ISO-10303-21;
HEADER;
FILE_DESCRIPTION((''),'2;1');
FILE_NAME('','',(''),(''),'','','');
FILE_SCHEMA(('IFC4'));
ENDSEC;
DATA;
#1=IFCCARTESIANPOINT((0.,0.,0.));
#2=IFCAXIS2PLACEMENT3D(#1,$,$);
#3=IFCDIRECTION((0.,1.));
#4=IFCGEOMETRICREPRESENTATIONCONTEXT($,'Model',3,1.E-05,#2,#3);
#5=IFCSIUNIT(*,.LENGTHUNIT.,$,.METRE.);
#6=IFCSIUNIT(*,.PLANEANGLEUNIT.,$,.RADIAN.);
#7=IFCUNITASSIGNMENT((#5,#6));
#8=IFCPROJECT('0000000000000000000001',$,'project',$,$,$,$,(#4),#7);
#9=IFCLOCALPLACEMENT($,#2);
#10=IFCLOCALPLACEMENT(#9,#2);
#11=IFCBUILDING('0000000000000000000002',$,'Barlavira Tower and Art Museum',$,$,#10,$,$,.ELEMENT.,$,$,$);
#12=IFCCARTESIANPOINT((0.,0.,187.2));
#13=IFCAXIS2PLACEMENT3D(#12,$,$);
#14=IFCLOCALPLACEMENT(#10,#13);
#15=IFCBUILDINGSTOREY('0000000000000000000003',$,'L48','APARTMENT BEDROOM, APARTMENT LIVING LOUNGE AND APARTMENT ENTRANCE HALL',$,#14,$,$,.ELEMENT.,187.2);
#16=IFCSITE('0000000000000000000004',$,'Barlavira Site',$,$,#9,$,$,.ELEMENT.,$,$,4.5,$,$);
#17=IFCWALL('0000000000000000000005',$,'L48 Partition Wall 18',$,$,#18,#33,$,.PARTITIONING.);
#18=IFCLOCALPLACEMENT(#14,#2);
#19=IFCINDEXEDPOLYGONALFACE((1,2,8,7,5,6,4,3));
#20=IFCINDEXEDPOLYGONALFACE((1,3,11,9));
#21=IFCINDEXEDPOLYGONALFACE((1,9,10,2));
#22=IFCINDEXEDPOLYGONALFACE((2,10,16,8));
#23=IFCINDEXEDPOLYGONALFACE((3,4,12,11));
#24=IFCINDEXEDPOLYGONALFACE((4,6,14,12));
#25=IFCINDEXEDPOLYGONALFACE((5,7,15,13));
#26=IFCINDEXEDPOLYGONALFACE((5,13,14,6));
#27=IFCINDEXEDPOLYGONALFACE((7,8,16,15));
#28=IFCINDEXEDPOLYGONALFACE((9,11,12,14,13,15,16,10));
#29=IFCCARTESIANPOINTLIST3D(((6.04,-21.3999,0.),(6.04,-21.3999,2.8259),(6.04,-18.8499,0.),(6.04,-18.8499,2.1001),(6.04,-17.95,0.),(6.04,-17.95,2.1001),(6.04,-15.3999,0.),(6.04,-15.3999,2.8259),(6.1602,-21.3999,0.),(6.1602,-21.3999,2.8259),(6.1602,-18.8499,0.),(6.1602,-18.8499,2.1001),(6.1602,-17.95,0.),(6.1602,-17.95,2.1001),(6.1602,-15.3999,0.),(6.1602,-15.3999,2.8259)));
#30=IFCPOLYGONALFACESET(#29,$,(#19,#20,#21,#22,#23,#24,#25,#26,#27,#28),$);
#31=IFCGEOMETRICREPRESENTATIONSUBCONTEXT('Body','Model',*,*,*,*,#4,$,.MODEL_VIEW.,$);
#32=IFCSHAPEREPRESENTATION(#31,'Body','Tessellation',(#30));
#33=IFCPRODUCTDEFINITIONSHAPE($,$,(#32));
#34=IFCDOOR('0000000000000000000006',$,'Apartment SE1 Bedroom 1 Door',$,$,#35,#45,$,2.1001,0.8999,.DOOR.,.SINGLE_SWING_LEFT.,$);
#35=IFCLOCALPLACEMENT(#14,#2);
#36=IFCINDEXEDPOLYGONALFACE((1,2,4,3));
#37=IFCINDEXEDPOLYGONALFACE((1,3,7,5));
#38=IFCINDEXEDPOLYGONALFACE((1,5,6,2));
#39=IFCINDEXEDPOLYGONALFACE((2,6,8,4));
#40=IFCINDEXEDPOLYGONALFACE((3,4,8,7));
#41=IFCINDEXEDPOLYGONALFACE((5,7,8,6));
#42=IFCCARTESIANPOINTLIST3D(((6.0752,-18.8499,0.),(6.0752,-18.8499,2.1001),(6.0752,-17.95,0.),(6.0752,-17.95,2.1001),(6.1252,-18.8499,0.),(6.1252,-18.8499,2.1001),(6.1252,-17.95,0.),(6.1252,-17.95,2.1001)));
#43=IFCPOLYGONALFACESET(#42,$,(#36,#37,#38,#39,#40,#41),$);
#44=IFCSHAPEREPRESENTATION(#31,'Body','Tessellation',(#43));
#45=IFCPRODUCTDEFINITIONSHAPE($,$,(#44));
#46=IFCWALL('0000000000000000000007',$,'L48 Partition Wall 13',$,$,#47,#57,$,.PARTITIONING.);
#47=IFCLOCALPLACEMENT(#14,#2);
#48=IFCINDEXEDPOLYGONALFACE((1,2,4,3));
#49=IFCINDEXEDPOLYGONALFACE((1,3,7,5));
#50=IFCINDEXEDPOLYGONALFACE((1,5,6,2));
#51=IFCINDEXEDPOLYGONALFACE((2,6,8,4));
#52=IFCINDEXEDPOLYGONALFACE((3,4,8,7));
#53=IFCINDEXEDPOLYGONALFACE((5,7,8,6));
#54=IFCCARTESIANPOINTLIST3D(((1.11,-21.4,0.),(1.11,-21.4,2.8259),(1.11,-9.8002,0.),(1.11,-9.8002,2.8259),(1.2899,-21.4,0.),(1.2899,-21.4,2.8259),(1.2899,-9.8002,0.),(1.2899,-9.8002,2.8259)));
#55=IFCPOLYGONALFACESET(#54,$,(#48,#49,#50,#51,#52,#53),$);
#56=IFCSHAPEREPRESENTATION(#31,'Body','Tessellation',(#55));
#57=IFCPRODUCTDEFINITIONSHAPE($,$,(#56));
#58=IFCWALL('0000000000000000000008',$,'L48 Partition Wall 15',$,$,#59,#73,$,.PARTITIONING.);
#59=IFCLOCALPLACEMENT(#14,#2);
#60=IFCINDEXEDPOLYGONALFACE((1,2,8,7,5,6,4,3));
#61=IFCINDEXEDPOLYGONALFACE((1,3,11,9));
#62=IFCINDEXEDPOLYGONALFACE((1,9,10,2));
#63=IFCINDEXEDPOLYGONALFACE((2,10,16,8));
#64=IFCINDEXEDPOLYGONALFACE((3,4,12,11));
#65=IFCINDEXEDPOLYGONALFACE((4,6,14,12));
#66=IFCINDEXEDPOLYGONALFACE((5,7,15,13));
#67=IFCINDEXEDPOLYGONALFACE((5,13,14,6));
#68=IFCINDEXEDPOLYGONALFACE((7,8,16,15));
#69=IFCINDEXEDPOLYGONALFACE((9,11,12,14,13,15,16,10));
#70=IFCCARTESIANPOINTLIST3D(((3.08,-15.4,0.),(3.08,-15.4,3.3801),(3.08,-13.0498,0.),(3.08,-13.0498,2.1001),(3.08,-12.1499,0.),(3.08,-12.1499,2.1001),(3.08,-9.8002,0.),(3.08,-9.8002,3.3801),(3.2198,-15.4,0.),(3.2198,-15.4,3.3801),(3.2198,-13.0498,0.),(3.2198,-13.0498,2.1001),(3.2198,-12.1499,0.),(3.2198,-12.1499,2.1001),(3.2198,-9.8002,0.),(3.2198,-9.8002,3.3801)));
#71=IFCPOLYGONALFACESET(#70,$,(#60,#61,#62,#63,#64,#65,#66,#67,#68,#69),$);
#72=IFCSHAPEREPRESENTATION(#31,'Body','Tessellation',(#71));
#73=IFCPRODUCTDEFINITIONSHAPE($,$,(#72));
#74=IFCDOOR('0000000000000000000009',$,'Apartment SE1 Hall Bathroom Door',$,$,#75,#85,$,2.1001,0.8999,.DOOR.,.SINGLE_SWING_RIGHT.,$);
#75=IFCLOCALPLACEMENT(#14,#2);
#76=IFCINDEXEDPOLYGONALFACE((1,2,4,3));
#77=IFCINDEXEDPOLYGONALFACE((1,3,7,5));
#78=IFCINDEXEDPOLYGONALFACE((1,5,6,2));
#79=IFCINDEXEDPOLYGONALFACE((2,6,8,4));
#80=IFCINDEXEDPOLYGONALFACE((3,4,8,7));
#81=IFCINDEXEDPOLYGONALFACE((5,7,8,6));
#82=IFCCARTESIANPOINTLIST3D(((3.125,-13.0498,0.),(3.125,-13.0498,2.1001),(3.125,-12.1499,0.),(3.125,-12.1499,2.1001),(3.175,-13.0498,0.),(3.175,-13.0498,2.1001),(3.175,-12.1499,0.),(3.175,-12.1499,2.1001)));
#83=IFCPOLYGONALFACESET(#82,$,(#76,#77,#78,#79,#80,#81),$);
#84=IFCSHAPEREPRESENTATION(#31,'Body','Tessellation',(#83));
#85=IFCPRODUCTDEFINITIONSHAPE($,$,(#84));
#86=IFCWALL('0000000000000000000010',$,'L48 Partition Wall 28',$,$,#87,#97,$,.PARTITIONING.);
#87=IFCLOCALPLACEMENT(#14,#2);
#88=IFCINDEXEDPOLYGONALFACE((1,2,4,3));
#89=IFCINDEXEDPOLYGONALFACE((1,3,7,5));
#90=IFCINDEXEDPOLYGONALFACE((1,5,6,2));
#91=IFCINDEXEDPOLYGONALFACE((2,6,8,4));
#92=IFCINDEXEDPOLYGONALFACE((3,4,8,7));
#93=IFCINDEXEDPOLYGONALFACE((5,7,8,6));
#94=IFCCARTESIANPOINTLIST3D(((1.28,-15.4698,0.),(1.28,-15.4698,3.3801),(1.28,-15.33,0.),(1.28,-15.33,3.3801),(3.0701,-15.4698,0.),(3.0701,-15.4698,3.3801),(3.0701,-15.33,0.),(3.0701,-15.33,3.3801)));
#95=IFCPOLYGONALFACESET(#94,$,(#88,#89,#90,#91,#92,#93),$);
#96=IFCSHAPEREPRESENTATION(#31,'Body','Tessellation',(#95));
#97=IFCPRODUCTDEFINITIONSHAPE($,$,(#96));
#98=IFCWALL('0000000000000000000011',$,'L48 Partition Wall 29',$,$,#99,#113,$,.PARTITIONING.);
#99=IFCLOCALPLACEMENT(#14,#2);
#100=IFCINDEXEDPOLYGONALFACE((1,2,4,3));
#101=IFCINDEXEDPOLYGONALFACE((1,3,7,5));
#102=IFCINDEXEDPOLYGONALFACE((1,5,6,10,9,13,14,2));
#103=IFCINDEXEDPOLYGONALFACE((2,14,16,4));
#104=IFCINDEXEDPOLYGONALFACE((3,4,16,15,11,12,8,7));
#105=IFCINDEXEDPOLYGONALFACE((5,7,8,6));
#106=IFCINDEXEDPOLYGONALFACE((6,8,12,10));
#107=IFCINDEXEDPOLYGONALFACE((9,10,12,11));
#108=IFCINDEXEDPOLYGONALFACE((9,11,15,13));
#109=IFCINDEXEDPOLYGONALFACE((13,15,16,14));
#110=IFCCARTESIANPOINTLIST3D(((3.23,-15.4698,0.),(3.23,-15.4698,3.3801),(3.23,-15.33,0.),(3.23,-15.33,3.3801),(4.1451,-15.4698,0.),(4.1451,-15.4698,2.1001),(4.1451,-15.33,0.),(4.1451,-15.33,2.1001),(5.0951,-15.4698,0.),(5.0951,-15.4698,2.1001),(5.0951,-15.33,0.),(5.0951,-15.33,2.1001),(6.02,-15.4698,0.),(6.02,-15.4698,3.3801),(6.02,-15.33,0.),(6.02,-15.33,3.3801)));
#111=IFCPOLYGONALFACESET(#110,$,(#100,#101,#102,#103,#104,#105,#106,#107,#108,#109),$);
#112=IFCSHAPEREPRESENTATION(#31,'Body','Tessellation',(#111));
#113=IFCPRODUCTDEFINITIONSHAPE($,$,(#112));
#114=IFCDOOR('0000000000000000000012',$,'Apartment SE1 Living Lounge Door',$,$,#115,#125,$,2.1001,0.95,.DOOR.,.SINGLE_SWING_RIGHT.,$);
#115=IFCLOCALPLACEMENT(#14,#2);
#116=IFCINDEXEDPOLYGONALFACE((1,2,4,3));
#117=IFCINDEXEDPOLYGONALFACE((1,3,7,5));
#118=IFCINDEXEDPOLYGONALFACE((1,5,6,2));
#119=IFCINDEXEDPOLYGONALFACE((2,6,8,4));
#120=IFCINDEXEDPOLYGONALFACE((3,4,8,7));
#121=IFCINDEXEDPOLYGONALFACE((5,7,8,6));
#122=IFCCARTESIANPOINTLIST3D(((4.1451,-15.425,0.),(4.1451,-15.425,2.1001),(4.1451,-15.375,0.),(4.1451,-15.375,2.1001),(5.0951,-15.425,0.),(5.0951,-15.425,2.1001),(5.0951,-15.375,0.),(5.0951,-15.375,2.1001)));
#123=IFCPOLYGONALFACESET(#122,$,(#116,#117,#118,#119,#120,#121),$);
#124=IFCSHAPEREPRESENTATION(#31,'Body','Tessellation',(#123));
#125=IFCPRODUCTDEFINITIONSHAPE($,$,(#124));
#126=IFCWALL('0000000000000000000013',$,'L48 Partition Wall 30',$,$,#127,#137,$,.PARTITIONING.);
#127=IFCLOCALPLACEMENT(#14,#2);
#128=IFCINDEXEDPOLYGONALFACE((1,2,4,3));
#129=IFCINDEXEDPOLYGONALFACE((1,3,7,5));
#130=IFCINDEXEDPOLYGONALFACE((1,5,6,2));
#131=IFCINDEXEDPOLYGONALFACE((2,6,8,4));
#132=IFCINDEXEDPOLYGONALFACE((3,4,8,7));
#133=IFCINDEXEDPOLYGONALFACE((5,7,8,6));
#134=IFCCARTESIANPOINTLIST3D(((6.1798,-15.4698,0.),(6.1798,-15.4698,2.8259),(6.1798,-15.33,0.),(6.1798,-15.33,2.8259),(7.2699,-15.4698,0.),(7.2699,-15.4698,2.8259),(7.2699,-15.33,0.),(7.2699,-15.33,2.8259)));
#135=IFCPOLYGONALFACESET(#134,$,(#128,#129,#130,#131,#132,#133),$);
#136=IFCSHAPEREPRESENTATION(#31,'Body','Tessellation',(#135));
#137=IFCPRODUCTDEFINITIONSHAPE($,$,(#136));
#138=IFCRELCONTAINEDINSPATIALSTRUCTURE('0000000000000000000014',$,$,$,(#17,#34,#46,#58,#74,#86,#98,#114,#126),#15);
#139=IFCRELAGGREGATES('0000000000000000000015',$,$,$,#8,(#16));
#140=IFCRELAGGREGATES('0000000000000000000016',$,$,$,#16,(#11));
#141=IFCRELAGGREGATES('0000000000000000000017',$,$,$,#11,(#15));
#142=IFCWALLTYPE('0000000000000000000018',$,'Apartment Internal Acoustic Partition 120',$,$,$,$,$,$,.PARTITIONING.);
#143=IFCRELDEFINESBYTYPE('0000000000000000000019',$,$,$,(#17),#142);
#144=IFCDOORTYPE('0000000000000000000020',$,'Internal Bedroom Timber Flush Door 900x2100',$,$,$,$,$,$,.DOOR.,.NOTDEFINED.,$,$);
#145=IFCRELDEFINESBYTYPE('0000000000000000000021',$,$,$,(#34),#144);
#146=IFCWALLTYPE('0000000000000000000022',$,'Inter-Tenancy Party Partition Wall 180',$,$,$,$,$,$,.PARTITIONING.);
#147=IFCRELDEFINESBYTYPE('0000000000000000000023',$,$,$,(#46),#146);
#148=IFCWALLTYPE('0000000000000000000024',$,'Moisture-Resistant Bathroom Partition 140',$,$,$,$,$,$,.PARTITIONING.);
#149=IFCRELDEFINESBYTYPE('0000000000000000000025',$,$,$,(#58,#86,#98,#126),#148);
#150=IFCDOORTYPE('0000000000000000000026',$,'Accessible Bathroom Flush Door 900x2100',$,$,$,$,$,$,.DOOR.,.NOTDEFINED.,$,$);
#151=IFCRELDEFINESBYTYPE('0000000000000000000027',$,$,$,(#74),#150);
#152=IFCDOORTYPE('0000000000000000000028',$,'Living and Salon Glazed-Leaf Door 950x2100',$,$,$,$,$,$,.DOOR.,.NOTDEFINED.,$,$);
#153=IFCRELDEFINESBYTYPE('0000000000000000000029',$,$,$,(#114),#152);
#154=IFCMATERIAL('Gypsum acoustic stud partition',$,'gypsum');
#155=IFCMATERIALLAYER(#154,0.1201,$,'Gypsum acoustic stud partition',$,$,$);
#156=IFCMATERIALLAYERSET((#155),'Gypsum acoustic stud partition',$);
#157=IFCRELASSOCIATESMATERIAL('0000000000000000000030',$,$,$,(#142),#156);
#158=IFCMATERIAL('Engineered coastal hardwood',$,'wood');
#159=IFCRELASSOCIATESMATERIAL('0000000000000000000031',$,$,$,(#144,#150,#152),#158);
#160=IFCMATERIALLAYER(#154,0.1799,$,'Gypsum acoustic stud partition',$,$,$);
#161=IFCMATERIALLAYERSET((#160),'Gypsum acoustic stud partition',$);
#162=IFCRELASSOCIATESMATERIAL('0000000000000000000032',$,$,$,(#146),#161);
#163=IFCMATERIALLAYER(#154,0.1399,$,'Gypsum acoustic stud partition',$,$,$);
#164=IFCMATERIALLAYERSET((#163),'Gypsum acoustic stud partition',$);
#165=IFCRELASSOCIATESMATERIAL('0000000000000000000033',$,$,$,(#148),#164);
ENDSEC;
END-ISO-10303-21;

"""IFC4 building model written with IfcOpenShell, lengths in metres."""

from ifc_helpers import new_model, si_unit, direction, frame, frame_2d, origin, place, context, subcontext, project, spatial, rectangle, extrude, material, layer, layer_set, type_object, element, fill, save


model = new_model("IFC4")

# Units and contexts
model_context = context("Model", 3, precision=1e-05, world=origin(), true_north=direction((0.0, 1.0)))
body_context = subcontext(model_context, "Body", "Model", "MODEL_VIEW")
ifc_project = project(units=[si_unit("LENGTHUNIT", "METRE"), si_unit("PLANEANGLEUNIT", "RADIAN")], contexts=[model_context])

# Site, building, storey
site_placement = place(None, origin())
site = spatial("IfcSite", under=ifc_project, at=site_placement, Name="Barlavira Site", CompositionType="ELEMENT", RefElevation=4.5)
building_placement = place(site_placement, origin())
building = spatial("IfcBuilding", under=site, at=building_placement, Name="Barlavira Tower and Art Museum", CompositionType="ELEMENT")
storey_placement = place(building_placement, frame((0.0, 0.0, 187.2)))
storey = spatial("IfcBuildingStorey", under=building, at=storey_placement, Name="L48", Description="APARTMENT BEDROOM, APARTMENT LIVING LOUNGE AND APARTMENT ENTRANCE HALL", CompositionType="ELEMENT", Elevation=187.2)

# Wall, opening, door
ifc_material_1 = material(Name="Gypsum acoustic stud partition", Category="gypsum")
ifc_layer_1 = layer(ifc_material_1, 0.1201, Name="Gypsum acoustic stud partition")
ifc_layer_set_1 = layer_set([ifc_layer_1], Name="Gypsum acoustic stud partition")
wall_type_1 = type_object("IfcWallType", Name="Apartment Internal Acoustic Partition 120", PredefinedType="PARTITIONING", material=ifc_layer_set_1)
wall_1_placement = place(storey_placement, frame((6.1001, -21.3999, 0.0), z_axis=(0.0, 0.0, 1.0), x_axis=(0.0, 1.0, 0.0)))
wall_1 = element("IfcWall", 1, at=wall_1_placement, inside=storey, type_object=wall_type_1, Name="L48 Partition Wall 18", PredefinedType="PARTITIONING", context=body_context, shape_type="SweptSolid", body=[
    extrude(rectangle(XDim=6.0, YDim=0.1201, at=frame_2d((3.0, 0.0))), origin(), (0.0, 0.0, 1.0), 2.8259),
])
opening_1_placement = place(wall_1_placement, frame((2.55, 0.0, 0.0)))
opening_1 = element("IfcOpeningElement", 2, at=opening_1_placement, cuts=wall_1, PredefinedType="OPENING", context=body_context, shape_type="SweptSolid", body=[
    extrude(rectangle(XDim=0.8999, YDim=2.1001, at=frame_2d((0.45, 1.05))), frame((0.0, 0.0701, 0.0), z_axis=(0.0, -1.0, 0.0), x_axis=(1.0, 0.0, 0.0)), (0.0, 0.0, 1.0), 0.1401),
])
ifc_material_2 = material(Name="Engineered coastal hardwood", Category="wood")
door_type_1 = type_object("IfcDoorType", Name="Internal Bedroom Timber Flush Door 900x2100", OperationType="NOTDEFINED", PredefinedType="DOOR", material=ifc_material_2)
door_1_placement = place(opening_1_placement, origin())
door_1 = element("IfcDoor", 3, at=door_1_placement, inside=storey, type_object=door_type_1, Name="Apartment SE1 Bedroom 1 Door", OperationType="SINGLE_SWING_LEFT", OverallHeight=2.1001, OverallWidth=0.8999, PredefinedType="DOOR", context=body_context, shape_type="SweptSolid", body=[
    extrude(rectangle(XDim=0.8999, YDim=2.1001, at=frame_2d((0.45, 1.05))), frame((0.0, 0.0249, 0.0), z_axis=(0.0, -1.0, 0.0), x_axis=(1.0, 0.0, 0.0)), (0.0, 0.0, 1.0), 0.05),
])
fill(opening_1, door_1)

# Wall
ifc_layer_2 = layer(ifc_material_1, 0.1799, Name="Gypsum acoustic stud partition")
ifc_layer_set_2 = layer_set([ifc_layer_2], Name="Gypsum acoustic stud partition")
wall_type_2 = type_object("IfcWallType", Name="Inter-Tenancy Party Partition Wall 180", PredefinedType="PARTITIONING", material=ifc_layer_set_2)
wall_2_placement = place(storey_placement, frame((1.2, -21.3999, 0.0), z_axis=(0.0, 0.0, 1.0), x_axis=(0.0, 1.0, 0.0)))
element("IfcWall", 4, at=wall_2_placement, inside=storey, type_object=wall_type_2, Name="L48 Partition Wall 13", PredefinedType="PARTITIONING", context=body_context, shape_type="SweptSolid", body=[
    extrude(rectangle(XDim=11.5999, YDim=0.1799, at=frame_2d((5.7998, 0.0))), origin(), (0.0, 0.0, 1.0), 2.8259),
])

# Wall, opening, door
ifc_layer_3 = layer(ifc_material_1, 0.1399, Name="Gypsum acoustic stud partition")
ifc_layer_set_3 = layer_set([ifc_layer_3], Name="Gypsum acoustic stud partition")
wall_type_3 = type_object("IfcWallType", Name="Moisture-Resistant Bathroom Partition 140", PredefinedType="PARTITIONING", material=ifc_layer_set_3)
wall_3_placement = place(storey_placement, frame((3.1499, -15.3999, 0.0), z_axis=(0.0, 0.0, 1.0), x_axis=(0.0, 1.0, 0.0)))
wall_3 = element("IfcWall", 5, at=wall_3_placement, inside=storey, type_object=wall_type_3, Name="L48 Partition Wall 15", PredefinedType="PARTITIONING", context=body_context, shape_type="SweptSolid", body=[
    extrude(rectangle(XDim=5.5999, YDim=0.1399, at=frame_2d((2.7998, 0.0))), origin(), (0.0, 0.0, 1.0), 3.3801),
])
opening_2_placement = place(wall_3_placement, frame((2.3501, 0.0, 0.0)))
opening_2 = element("IfcOpeningElement", 6, at=opening_2_placement, cuts=wall_3, PredefinedType="OPENING", context=body_context, shape_type="SweptSolid", body=[
    extrude(rectangle(XDim=0.8999, YDim=2.1001, at=frame_2d((0.45, 1.05))), frame((0.0, 0.0801, 0.0), z_axis=(0.0, -1.0, 0.0), x_axis=(1.0, 0.0, 0.0)), (0.0, 0.0, 1.0), 0.1599),
])
door_type_2 = type_object("IfcDoorType", Name="Accessible Bathroom Flush Door 900x2100", OperationType="NOTDEFINED", PredefinedType="DOOR", material=ifc_material_2)
door_2_placement = place(opening_2_placement, origin())
door_2 = element("IfcDoor", 7, at=door_2_placement, inside=storey, type_object=door_type_2, Name="Apartment SE1 Hall Bathroom Door", OperationType="SINGLE_SWING_RIGHT", OverallHeight=2.1001, OverallWidth=0.8999, PredefinedType="DOOR", context=body_context, shape_type="SweptSolid", body=[
    extrude(rectangle(XDim=0.8999, YDim=2.1001, at=frame_2d((0.45, 1.05))), frame((0.0, 0.0249, 0.0), z_axis=(0.0, -1.0, 0.0), x_axis=(1.0, 0.0, 0.0)), (0.0, 0.0, 1.0), 0.05),
])
fill(opening_2, door_2)

# Wall
wall_4_placement = place(storey_placement, frame((1.28, -15.3999, 0.0), z_axis=(0.0, 0.0, 1.0), x_axis=(1.0, 0.0, 0.0)))
element("IfcWall", 8, at=wall_4_placement, inside=storey, type_object=wall_type_3, Name="L48 Partition Wall 28", PredefinedType="PARTITIONING", context=body_context, shape_type="SweptSolid", body=[
    extrude(rectangle(XDim=1.79, YDim=0.1399, at=frame_2d((0.895, 0.0))), origin(), (0.0, 0.0, 1.0), 3.3801),
])

# Wall, opening, door
wall_5_placement = place(storey_placement, frame((3.23, -15.3999, 0.0), z_axis=(0.0, 0.0, 1.0), x_axis=(1.0, 0.0, 0.0)))
wall_5 = element("IfcWall", 9, at=wall_5_placement, inside=storey, type_object=wall_type_3, Name="L48 Partition Wall 29", PredefinedType="PARTITIONING", context=body_context, shape_type="SweptSolid", body=[
    extrude(rectangle(XDim=2.79, YDim=0.1399, at=frame_2d((1.395, 0.0))), origin(), (0.0, 0.0, 1.0), 3.3801),
])
opening_3_placement = place(wall_5_placement, frame((0.915, 0.0, 0.0)))
opening_3 = element("IfcOpeningElement", 10, at=opening_3_placement, cuts=wall_5, PredefinedType="OPENING", context=body_context, shape_type="SweptSolid", body=[
    extrude(rectangle(XDim=0.95, YDim=2.1001, at=frame_2d((0.4751, 1.05))), frame((0.0, 0.0801, 0.0), z_axis=(0.0, -1.0, 0.0), x_axis=(1.0, 0.0, 0.0)), (0.0, 0.0, 1.0), 0.1599),
])
door_type_3 = type_object("IfcDoorType", Name="Living and Salon Glazed-Leaf Door 950x2100", OperationType="NOTDEFINED", PredefinedType="DOOR", material=ifc_material_2)
door_3_placement = place(opening_3_placement, origin())
door_3 = element("IfcDoor", 11, at=door_3_placement, inside=storey, type_object=door_type_3, Name="Apartment SE1 Living Lounge Door", OperationType="SINGLE_SWING_RIGHT", OverallHeight=2.1001, OverallWidth=0.95, PredefinedType="DOOR", context=body_context, shape_type="SweptSolid", body=[
    extrude(rectangle(XDim=0.95, YDim=2.1001, at=frame_2d((0.4751, 1.05))), frame((0.0, 0.0249, 0.0), z_axis=(0.0, -1.0, 0.0), x_axis=(1.0, 0.0, 0.0)), (0.0, 0.0, 1.0), 0.05),
])
fill(opening_3, door_3)

# Wall
wall_6_placement = place(storey_placement, frame((6.1799, -15.3999, 0.0), z_axis=(0.0, 0.0, 1.0), x_axis=(1.0, 0.0, 0.0)))
element("IfcWall", 12, at=wall_6_placement, inside=storey, type_object=wall_type_3, Name="L48 Partition Wall 30", PredefinedType="PARTITIONING", context=body_context, shape_type="SweptSolid", body=[
    extrude(rectangle(XDim=1.0901, YDim=0.1399, at=frame_2d((0.5449, 0.0))), origin(), (0.0, 0.0, 1.0), 2.8259),
])

save(model, "model.ifc")
